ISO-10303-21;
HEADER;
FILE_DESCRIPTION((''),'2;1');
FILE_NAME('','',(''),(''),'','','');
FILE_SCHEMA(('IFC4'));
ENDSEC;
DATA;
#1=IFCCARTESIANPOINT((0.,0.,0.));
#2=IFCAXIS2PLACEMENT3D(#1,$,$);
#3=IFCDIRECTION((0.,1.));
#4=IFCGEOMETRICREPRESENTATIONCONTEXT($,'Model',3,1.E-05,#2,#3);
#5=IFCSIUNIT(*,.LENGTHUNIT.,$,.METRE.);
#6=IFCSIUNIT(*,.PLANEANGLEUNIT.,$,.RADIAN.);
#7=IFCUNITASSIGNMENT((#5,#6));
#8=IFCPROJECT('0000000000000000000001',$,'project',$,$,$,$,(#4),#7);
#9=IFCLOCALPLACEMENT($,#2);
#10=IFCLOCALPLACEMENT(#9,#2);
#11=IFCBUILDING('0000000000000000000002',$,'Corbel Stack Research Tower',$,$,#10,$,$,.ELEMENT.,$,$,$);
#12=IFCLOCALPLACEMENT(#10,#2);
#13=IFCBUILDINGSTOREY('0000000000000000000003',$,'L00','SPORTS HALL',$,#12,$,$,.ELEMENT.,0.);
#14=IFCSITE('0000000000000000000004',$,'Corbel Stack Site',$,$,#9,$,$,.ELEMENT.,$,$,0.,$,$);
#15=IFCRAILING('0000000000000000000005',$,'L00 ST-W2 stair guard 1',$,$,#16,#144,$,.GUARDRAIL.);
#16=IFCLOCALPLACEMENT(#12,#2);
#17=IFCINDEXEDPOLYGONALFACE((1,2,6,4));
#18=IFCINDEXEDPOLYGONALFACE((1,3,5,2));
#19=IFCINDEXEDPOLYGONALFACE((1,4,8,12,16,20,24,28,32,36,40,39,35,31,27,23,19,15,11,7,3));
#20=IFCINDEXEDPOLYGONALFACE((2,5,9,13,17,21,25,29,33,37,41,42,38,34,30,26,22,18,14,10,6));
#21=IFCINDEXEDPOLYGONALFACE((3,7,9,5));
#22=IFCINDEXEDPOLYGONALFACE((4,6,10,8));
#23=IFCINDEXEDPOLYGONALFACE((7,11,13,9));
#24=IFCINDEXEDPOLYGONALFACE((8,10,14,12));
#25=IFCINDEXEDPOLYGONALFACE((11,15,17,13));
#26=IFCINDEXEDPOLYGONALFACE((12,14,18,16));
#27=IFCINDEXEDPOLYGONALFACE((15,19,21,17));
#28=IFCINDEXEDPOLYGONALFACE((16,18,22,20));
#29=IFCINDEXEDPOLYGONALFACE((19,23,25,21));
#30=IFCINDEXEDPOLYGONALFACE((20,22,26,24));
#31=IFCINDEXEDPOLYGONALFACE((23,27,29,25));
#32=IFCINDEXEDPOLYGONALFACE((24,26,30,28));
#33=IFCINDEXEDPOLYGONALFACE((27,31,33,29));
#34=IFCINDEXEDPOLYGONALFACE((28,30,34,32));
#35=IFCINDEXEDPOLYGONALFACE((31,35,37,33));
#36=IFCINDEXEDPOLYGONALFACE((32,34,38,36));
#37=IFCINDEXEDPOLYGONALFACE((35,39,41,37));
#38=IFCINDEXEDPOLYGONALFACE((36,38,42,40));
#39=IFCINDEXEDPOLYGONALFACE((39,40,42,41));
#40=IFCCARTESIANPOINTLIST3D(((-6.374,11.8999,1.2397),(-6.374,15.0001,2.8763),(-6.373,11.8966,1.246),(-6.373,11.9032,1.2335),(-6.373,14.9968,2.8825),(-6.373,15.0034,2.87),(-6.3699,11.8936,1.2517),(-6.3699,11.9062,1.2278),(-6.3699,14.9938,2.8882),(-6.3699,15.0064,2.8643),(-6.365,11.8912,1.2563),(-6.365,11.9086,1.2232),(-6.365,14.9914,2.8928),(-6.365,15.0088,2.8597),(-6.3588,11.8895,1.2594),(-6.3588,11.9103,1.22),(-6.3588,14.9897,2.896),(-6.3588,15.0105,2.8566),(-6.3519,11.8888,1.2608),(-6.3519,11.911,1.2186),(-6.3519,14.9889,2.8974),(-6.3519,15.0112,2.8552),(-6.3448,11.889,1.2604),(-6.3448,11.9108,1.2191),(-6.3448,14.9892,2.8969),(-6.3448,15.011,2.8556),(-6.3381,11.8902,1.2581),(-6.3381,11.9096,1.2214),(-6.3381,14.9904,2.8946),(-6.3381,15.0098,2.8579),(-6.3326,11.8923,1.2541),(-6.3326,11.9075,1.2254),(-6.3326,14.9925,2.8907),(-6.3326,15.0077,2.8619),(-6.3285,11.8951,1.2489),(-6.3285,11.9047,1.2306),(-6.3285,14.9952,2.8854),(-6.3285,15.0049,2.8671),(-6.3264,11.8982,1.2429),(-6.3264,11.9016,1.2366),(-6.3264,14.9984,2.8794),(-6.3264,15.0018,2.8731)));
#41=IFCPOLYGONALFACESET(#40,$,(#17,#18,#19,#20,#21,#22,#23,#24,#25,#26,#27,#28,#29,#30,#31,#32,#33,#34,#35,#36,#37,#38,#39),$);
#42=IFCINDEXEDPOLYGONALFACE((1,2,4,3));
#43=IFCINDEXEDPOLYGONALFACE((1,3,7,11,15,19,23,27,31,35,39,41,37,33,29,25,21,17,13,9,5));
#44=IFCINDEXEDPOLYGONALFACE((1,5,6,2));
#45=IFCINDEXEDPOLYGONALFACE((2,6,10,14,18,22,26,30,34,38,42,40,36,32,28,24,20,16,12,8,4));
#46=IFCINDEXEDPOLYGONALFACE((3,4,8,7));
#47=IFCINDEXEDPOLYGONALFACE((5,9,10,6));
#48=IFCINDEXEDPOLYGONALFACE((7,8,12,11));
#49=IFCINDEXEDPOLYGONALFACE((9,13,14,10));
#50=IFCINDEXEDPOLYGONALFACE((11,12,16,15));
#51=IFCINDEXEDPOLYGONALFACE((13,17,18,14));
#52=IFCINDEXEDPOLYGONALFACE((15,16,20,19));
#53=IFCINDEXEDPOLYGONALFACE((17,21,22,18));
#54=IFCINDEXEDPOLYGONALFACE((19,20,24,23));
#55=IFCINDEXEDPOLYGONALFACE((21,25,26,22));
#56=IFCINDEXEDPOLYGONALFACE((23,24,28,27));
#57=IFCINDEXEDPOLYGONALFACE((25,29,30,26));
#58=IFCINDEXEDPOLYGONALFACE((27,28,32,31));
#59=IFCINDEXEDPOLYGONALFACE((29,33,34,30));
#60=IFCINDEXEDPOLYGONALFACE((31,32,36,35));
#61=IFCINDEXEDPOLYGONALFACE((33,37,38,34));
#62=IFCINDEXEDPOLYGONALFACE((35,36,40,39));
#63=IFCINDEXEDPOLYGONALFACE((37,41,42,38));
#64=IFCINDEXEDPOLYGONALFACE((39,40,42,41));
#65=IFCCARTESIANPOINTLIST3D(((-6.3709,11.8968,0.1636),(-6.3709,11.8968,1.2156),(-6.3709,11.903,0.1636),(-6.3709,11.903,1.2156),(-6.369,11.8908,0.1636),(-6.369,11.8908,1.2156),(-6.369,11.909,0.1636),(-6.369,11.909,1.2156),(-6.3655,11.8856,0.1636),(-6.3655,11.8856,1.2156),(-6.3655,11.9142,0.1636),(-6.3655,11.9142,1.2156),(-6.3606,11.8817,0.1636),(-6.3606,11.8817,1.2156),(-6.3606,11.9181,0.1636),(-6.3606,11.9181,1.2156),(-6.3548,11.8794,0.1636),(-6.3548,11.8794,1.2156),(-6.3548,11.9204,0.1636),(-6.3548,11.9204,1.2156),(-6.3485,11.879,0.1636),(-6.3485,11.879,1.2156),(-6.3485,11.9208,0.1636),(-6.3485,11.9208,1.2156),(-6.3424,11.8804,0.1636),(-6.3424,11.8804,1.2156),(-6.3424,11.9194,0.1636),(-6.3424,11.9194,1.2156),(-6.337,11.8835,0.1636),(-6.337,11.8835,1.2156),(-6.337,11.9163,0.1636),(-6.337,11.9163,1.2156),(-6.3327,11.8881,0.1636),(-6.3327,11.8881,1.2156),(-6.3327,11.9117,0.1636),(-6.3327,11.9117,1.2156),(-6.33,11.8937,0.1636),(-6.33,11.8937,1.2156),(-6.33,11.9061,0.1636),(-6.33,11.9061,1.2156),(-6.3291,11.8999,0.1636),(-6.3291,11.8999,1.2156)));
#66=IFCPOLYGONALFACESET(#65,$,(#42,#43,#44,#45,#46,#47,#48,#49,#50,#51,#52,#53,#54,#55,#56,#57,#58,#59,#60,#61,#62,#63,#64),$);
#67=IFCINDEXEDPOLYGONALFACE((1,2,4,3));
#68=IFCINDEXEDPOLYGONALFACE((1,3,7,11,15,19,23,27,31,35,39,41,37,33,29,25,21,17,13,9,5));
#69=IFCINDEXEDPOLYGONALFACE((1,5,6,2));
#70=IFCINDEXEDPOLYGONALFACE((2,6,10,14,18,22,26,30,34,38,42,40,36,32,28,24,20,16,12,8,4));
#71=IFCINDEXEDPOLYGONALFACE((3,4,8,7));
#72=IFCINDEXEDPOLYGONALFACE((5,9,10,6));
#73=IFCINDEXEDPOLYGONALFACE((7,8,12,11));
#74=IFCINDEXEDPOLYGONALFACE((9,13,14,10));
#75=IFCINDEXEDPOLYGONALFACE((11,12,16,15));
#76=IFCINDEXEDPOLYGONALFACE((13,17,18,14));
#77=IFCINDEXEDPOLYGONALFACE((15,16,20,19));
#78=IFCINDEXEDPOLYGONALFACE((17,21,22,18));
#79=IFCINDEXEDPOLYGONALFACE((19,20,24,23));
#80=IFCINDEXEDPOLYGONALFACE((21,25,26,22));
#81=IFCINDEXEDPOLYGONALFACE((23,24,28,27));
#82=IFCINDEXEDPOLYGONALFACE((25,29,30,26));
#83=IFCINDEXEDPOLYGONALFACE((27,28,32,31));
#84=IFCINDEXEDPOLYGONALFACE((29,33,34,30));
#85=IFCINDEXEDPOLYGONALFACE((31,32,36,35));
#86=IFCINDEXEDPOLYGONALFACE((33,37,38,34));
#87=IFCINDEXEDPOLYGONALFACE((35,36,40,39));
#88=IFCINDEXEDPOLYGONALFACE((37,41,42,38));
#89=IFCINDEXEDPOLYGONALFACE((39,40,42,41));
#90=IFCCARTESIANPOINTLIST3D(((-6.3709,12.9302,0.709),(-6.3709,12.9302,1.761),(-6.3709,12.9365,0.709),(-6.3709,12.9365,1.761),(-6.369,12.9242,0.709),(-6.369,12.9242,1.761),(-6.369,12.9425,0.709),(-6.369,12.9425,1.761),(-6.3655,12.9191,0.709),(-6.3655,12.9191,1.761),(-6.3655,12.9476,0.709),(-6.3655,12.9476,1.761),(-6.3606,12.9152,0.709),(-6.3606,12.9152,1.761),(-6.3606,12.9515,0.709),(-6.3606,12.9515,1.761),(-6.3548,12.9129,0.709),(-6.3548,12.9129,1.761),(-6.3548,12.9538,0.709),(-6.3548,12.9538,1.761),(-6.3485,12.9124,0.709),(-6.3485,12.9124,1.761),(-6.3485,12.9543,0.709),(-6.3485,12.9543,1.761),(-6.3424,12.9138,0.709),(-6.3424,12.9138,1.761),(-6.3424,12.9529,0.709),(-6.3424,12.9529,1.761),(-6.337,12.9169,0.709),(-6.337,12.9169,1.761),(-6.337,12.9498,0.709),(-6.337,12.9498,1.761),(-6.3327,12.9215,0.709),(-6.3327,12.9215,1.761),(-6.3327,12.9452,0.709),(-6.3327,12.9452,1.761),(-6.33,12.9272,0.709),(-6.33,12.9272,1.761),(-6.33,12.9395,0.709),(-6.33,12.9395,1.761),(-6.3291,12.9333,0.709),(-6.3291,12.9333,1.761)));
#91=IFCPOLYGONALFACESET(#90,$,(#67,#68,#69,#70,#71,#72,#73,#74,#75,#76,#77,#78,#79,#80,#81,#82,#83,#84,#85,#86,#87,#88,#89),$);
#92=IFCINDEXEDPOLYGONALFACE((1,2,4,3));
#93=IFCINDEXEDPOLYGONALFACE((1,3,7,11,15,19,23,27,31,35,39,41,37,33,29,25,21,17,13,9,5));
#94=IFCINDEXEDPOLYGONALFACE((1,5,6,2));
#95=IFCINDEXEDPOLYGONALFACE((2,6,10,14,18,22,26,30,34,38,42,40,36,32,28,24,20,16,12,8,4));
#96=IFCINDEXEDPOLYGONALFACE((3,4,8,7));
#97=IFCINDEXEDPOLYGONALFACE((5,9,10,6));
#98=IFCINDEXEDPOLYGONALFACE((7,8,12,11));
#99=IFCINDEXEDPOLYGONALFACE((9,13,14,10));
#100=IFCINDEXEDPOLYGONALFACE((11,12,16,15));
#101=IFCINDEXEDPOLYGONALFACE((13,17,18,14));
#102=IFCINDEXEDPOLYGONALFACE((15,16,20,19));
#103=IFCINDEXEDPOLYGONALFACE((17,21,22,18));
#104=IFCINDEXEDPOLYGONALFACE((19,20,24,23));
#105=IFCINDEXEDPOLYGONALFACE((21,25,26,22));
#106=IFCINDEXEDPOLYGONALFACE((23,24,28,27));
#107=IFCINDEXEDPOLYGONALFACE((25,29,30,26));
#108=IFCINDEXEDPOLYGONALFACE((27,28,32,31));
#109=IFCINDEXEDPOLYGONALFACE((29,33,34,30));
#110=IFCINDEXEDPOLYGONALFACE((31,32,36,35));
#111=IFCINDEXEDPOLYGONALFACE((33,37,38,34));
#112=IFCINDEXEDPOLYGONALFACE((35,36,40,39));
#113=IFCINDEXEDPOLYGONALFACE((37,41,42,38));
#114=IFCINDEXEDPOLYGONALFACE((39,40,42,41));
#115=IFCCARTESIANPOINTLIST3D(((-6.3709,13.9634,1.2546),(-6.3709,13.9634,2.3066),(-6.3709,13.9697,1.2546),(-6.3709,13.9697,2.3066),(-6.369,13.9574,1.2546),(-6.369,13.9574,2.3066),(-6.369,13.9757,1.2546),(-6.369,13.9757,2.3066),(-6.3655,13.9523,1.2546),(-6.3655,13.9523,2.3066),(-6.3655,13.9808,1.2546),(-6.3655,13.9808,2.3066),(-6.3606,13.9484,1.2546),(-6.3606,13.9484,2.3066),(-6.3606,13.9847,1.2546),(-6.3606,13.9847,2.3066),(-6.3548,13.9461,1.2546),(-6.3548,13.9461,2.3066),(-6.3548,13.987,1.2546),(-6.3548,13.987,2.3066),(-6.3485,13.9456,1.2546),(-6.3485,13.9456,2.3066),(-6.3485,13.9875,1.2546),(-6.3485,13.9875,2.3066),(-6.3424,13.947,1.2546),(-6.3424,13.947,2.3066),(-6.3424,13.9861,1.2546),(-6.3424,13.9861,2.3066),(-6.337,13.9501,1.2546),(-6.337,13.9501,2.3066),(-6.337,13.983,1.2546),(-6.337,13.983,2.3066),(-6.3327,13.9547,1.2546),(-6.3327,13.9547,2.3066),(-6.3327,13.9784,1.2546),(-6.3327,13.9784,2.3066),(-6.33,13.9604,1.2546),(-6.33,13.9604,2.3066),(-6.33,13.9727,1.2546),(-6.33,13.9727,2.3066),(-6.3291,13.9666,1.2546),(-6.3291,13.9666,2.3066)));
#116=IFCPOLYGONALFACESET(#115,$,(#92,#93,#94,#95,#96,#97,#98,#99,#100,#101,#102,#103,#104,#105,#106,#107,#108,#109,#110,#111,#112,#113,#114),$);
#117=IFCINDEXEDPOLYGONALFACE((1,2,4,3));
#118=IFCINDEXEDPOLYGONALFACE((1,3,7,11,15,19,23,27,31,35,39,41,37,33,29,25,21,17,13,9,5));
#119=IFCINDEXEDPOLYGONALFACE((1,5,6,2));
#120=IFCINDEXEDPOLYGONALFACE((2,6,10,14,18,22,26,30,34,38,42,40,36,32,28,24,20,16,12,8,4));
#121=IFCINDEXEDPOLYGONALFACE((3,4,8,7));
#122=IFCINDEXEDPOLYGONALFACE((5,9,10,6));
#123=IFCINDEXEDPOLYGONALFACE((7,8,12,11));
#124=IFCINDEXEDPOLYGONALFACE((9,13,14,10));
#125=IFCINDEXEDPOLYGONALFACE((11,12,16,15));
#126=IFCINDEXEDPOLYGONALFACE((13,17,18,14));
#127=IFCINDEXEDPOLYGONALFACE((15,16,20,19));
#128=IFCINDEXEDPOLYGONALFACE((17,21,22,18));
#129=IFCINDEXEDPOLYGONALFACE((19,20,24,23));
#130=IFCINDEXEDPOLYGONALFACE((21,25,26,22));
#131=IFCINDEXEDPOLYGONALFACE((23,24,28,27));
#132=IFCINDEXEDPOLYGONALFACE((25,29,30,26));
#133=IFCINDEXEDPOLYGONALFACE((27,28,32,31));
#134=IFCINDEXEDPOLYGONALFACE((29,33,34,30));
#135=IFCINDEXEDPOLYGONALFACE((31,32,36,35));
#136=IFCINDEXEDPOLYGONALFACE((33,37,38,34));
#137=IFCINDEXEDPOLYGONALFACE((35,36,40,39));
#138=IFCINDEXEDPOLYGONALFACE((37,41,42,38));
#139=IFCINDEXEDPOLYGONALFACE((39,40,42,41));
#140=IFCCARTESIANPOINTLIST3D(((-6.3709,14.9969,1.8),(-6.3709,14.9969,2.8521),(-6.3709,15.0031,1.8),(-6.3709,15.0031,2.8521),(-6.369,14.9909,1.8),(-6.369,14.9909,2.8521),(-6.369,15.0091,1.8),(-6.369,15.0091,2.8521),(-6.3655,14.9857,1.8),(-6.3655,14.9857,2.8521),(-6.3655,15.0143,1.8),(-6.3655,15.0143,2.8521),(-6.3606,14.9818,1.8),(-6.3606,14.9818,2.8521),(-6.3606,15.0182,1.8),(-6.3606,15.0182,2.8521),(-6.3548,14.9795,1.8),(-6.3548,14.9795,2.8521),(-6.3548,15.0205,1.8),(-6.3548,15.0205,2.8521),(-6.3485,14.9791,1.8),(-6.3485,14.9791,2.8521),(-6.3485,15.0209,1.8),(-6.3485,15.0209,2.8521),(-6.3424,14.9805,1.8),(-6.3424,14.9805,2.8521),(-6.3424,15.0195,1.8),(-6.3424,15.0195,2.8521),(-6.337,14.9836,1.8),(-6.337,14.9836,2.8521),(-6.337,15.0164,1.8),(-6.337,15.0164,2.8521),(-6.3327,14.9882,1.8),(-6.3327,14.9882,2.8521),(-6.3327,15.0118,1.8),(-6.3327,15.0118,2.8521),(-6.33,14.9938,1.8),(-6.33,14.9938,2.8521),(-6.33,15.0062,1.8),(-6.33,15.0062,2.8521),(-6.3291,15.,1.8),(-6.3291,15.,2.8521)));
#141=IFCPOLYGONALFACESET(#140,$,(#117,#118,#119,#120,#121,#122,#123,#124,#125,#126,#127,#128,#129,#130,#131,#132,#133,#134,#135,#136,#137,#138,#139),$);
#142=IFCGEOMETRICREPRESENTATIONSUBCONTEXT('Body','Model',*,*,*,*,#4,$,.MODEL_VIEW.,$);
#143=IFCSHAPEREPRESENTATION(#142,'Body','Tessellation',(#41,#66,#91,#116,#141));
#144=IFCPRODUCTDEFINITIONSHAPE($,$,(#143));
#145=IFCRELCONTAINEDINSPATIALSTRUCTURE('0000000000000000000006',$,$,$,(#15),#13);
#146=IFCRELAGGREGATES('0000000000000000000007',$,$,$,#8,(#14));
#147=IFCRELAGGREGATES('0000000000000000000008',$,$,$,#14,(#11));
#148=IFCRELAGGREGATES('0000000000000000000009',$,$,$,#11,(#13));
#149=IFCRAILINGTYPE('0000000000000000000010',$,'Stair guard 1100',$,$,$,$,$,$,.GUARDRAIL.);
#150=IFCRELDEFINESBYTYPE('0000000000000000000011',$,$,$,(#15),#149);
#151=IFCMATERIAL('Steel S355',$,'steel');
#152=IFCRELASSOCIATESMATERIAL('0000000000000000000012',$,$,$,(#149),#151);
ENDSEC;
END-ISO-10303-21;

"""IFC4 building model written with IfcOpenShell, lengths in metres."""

from ifc_helpers import new_model, si_unit, direction, frame, origin, origin_2d, place, context, subcontext, project, spatial, circle, extrude, material, type_object, element, save


model = new_model("IFC4")

# Units and contexts
model_context = context("Model", 3, precision=1e-05, world=origin(), true_north=direction((0.0, 1.0)))
body_context = subcontext(model_context, "Body", "Model", "MODEL_VIEW")
ifc_project = project(units=[si_unit("LENGTHUNIT", "METRE"), si_unit("PLANEANGLEUNIT", "RADIAN")], contexts=[model_context])

# Site, building, storey
site_placement = place(None, origin())
site = spatial("IfcSite", under=ifc_project, at=site_placement, Name="Corbel Stack Site", CompositionType="ELEMENT", RefElevation=0.0)
building_placement = place(site_placement, origin())
building = spatial("IfcBuilding", under=site, at=building_placement, Name="Corbel Stack Research Tower", CompositionType="ELEMENT")
storey_placement = place(building_placement, origin())
storey = spatial("IfcBuildingStorey", under=building, at=storey_placement, Name="L00", Description="SPORTS HALL", CompositionType="ELEMENT", Elevation=0.0)

# Railing
ifc_material_1 = material(Name="Steel S355", Category="steel")
railing_type_1 = type_object("IfcRailingType", Name="Stair guard 1100", PredefinedType="GUARDRAIL", material=ifc_material_1)
railing_1_placement = place(storey_placement, frame((-6.3501, 11.8999, 0.1636)))
element("IfcRailing", 1, at=railing_1_placement, inside=storey, type_object=railing_type_1, Name="L00 ST-W2 stair guard 1", PredefinedType="GUARDRAIL", context=body_context, shape_type="SweptSolid", body=[
    extrude(circle(Radius=0.0239, at=origin_2d()), frame((0.0, 0.0, 1.0762), z_axis=(0.0, 0.884348, 0.466828), x_axis=(-1.0, 0.0, 0.0)), (0.0, 0.0, 1.0), 3.5056),
    extrude(circle(Radius=0.021, at=origin_2d()), origin(), (0.0, 0.0, 1.0), 1.052),
    extrude(circle(Radius=0.021, at=origin_2d()), frame((0.0, 1.0334, 0.5454)), (0.0, 0.0, 1.0), 1.052),
    extrude(circle(Radius=0.021, at=origin_2d()), frame((0.0, 2.0667, 1.0911)), (0.0, 0.0, 1.0), 1.052),
    extrude(circle(Radius=0.021, at=origin_2d()), frame((0.0, 3.1001, 1.6365)), (0.0, 0.0, 1.0), 1.052),
])

save(model, "model.ifc")
